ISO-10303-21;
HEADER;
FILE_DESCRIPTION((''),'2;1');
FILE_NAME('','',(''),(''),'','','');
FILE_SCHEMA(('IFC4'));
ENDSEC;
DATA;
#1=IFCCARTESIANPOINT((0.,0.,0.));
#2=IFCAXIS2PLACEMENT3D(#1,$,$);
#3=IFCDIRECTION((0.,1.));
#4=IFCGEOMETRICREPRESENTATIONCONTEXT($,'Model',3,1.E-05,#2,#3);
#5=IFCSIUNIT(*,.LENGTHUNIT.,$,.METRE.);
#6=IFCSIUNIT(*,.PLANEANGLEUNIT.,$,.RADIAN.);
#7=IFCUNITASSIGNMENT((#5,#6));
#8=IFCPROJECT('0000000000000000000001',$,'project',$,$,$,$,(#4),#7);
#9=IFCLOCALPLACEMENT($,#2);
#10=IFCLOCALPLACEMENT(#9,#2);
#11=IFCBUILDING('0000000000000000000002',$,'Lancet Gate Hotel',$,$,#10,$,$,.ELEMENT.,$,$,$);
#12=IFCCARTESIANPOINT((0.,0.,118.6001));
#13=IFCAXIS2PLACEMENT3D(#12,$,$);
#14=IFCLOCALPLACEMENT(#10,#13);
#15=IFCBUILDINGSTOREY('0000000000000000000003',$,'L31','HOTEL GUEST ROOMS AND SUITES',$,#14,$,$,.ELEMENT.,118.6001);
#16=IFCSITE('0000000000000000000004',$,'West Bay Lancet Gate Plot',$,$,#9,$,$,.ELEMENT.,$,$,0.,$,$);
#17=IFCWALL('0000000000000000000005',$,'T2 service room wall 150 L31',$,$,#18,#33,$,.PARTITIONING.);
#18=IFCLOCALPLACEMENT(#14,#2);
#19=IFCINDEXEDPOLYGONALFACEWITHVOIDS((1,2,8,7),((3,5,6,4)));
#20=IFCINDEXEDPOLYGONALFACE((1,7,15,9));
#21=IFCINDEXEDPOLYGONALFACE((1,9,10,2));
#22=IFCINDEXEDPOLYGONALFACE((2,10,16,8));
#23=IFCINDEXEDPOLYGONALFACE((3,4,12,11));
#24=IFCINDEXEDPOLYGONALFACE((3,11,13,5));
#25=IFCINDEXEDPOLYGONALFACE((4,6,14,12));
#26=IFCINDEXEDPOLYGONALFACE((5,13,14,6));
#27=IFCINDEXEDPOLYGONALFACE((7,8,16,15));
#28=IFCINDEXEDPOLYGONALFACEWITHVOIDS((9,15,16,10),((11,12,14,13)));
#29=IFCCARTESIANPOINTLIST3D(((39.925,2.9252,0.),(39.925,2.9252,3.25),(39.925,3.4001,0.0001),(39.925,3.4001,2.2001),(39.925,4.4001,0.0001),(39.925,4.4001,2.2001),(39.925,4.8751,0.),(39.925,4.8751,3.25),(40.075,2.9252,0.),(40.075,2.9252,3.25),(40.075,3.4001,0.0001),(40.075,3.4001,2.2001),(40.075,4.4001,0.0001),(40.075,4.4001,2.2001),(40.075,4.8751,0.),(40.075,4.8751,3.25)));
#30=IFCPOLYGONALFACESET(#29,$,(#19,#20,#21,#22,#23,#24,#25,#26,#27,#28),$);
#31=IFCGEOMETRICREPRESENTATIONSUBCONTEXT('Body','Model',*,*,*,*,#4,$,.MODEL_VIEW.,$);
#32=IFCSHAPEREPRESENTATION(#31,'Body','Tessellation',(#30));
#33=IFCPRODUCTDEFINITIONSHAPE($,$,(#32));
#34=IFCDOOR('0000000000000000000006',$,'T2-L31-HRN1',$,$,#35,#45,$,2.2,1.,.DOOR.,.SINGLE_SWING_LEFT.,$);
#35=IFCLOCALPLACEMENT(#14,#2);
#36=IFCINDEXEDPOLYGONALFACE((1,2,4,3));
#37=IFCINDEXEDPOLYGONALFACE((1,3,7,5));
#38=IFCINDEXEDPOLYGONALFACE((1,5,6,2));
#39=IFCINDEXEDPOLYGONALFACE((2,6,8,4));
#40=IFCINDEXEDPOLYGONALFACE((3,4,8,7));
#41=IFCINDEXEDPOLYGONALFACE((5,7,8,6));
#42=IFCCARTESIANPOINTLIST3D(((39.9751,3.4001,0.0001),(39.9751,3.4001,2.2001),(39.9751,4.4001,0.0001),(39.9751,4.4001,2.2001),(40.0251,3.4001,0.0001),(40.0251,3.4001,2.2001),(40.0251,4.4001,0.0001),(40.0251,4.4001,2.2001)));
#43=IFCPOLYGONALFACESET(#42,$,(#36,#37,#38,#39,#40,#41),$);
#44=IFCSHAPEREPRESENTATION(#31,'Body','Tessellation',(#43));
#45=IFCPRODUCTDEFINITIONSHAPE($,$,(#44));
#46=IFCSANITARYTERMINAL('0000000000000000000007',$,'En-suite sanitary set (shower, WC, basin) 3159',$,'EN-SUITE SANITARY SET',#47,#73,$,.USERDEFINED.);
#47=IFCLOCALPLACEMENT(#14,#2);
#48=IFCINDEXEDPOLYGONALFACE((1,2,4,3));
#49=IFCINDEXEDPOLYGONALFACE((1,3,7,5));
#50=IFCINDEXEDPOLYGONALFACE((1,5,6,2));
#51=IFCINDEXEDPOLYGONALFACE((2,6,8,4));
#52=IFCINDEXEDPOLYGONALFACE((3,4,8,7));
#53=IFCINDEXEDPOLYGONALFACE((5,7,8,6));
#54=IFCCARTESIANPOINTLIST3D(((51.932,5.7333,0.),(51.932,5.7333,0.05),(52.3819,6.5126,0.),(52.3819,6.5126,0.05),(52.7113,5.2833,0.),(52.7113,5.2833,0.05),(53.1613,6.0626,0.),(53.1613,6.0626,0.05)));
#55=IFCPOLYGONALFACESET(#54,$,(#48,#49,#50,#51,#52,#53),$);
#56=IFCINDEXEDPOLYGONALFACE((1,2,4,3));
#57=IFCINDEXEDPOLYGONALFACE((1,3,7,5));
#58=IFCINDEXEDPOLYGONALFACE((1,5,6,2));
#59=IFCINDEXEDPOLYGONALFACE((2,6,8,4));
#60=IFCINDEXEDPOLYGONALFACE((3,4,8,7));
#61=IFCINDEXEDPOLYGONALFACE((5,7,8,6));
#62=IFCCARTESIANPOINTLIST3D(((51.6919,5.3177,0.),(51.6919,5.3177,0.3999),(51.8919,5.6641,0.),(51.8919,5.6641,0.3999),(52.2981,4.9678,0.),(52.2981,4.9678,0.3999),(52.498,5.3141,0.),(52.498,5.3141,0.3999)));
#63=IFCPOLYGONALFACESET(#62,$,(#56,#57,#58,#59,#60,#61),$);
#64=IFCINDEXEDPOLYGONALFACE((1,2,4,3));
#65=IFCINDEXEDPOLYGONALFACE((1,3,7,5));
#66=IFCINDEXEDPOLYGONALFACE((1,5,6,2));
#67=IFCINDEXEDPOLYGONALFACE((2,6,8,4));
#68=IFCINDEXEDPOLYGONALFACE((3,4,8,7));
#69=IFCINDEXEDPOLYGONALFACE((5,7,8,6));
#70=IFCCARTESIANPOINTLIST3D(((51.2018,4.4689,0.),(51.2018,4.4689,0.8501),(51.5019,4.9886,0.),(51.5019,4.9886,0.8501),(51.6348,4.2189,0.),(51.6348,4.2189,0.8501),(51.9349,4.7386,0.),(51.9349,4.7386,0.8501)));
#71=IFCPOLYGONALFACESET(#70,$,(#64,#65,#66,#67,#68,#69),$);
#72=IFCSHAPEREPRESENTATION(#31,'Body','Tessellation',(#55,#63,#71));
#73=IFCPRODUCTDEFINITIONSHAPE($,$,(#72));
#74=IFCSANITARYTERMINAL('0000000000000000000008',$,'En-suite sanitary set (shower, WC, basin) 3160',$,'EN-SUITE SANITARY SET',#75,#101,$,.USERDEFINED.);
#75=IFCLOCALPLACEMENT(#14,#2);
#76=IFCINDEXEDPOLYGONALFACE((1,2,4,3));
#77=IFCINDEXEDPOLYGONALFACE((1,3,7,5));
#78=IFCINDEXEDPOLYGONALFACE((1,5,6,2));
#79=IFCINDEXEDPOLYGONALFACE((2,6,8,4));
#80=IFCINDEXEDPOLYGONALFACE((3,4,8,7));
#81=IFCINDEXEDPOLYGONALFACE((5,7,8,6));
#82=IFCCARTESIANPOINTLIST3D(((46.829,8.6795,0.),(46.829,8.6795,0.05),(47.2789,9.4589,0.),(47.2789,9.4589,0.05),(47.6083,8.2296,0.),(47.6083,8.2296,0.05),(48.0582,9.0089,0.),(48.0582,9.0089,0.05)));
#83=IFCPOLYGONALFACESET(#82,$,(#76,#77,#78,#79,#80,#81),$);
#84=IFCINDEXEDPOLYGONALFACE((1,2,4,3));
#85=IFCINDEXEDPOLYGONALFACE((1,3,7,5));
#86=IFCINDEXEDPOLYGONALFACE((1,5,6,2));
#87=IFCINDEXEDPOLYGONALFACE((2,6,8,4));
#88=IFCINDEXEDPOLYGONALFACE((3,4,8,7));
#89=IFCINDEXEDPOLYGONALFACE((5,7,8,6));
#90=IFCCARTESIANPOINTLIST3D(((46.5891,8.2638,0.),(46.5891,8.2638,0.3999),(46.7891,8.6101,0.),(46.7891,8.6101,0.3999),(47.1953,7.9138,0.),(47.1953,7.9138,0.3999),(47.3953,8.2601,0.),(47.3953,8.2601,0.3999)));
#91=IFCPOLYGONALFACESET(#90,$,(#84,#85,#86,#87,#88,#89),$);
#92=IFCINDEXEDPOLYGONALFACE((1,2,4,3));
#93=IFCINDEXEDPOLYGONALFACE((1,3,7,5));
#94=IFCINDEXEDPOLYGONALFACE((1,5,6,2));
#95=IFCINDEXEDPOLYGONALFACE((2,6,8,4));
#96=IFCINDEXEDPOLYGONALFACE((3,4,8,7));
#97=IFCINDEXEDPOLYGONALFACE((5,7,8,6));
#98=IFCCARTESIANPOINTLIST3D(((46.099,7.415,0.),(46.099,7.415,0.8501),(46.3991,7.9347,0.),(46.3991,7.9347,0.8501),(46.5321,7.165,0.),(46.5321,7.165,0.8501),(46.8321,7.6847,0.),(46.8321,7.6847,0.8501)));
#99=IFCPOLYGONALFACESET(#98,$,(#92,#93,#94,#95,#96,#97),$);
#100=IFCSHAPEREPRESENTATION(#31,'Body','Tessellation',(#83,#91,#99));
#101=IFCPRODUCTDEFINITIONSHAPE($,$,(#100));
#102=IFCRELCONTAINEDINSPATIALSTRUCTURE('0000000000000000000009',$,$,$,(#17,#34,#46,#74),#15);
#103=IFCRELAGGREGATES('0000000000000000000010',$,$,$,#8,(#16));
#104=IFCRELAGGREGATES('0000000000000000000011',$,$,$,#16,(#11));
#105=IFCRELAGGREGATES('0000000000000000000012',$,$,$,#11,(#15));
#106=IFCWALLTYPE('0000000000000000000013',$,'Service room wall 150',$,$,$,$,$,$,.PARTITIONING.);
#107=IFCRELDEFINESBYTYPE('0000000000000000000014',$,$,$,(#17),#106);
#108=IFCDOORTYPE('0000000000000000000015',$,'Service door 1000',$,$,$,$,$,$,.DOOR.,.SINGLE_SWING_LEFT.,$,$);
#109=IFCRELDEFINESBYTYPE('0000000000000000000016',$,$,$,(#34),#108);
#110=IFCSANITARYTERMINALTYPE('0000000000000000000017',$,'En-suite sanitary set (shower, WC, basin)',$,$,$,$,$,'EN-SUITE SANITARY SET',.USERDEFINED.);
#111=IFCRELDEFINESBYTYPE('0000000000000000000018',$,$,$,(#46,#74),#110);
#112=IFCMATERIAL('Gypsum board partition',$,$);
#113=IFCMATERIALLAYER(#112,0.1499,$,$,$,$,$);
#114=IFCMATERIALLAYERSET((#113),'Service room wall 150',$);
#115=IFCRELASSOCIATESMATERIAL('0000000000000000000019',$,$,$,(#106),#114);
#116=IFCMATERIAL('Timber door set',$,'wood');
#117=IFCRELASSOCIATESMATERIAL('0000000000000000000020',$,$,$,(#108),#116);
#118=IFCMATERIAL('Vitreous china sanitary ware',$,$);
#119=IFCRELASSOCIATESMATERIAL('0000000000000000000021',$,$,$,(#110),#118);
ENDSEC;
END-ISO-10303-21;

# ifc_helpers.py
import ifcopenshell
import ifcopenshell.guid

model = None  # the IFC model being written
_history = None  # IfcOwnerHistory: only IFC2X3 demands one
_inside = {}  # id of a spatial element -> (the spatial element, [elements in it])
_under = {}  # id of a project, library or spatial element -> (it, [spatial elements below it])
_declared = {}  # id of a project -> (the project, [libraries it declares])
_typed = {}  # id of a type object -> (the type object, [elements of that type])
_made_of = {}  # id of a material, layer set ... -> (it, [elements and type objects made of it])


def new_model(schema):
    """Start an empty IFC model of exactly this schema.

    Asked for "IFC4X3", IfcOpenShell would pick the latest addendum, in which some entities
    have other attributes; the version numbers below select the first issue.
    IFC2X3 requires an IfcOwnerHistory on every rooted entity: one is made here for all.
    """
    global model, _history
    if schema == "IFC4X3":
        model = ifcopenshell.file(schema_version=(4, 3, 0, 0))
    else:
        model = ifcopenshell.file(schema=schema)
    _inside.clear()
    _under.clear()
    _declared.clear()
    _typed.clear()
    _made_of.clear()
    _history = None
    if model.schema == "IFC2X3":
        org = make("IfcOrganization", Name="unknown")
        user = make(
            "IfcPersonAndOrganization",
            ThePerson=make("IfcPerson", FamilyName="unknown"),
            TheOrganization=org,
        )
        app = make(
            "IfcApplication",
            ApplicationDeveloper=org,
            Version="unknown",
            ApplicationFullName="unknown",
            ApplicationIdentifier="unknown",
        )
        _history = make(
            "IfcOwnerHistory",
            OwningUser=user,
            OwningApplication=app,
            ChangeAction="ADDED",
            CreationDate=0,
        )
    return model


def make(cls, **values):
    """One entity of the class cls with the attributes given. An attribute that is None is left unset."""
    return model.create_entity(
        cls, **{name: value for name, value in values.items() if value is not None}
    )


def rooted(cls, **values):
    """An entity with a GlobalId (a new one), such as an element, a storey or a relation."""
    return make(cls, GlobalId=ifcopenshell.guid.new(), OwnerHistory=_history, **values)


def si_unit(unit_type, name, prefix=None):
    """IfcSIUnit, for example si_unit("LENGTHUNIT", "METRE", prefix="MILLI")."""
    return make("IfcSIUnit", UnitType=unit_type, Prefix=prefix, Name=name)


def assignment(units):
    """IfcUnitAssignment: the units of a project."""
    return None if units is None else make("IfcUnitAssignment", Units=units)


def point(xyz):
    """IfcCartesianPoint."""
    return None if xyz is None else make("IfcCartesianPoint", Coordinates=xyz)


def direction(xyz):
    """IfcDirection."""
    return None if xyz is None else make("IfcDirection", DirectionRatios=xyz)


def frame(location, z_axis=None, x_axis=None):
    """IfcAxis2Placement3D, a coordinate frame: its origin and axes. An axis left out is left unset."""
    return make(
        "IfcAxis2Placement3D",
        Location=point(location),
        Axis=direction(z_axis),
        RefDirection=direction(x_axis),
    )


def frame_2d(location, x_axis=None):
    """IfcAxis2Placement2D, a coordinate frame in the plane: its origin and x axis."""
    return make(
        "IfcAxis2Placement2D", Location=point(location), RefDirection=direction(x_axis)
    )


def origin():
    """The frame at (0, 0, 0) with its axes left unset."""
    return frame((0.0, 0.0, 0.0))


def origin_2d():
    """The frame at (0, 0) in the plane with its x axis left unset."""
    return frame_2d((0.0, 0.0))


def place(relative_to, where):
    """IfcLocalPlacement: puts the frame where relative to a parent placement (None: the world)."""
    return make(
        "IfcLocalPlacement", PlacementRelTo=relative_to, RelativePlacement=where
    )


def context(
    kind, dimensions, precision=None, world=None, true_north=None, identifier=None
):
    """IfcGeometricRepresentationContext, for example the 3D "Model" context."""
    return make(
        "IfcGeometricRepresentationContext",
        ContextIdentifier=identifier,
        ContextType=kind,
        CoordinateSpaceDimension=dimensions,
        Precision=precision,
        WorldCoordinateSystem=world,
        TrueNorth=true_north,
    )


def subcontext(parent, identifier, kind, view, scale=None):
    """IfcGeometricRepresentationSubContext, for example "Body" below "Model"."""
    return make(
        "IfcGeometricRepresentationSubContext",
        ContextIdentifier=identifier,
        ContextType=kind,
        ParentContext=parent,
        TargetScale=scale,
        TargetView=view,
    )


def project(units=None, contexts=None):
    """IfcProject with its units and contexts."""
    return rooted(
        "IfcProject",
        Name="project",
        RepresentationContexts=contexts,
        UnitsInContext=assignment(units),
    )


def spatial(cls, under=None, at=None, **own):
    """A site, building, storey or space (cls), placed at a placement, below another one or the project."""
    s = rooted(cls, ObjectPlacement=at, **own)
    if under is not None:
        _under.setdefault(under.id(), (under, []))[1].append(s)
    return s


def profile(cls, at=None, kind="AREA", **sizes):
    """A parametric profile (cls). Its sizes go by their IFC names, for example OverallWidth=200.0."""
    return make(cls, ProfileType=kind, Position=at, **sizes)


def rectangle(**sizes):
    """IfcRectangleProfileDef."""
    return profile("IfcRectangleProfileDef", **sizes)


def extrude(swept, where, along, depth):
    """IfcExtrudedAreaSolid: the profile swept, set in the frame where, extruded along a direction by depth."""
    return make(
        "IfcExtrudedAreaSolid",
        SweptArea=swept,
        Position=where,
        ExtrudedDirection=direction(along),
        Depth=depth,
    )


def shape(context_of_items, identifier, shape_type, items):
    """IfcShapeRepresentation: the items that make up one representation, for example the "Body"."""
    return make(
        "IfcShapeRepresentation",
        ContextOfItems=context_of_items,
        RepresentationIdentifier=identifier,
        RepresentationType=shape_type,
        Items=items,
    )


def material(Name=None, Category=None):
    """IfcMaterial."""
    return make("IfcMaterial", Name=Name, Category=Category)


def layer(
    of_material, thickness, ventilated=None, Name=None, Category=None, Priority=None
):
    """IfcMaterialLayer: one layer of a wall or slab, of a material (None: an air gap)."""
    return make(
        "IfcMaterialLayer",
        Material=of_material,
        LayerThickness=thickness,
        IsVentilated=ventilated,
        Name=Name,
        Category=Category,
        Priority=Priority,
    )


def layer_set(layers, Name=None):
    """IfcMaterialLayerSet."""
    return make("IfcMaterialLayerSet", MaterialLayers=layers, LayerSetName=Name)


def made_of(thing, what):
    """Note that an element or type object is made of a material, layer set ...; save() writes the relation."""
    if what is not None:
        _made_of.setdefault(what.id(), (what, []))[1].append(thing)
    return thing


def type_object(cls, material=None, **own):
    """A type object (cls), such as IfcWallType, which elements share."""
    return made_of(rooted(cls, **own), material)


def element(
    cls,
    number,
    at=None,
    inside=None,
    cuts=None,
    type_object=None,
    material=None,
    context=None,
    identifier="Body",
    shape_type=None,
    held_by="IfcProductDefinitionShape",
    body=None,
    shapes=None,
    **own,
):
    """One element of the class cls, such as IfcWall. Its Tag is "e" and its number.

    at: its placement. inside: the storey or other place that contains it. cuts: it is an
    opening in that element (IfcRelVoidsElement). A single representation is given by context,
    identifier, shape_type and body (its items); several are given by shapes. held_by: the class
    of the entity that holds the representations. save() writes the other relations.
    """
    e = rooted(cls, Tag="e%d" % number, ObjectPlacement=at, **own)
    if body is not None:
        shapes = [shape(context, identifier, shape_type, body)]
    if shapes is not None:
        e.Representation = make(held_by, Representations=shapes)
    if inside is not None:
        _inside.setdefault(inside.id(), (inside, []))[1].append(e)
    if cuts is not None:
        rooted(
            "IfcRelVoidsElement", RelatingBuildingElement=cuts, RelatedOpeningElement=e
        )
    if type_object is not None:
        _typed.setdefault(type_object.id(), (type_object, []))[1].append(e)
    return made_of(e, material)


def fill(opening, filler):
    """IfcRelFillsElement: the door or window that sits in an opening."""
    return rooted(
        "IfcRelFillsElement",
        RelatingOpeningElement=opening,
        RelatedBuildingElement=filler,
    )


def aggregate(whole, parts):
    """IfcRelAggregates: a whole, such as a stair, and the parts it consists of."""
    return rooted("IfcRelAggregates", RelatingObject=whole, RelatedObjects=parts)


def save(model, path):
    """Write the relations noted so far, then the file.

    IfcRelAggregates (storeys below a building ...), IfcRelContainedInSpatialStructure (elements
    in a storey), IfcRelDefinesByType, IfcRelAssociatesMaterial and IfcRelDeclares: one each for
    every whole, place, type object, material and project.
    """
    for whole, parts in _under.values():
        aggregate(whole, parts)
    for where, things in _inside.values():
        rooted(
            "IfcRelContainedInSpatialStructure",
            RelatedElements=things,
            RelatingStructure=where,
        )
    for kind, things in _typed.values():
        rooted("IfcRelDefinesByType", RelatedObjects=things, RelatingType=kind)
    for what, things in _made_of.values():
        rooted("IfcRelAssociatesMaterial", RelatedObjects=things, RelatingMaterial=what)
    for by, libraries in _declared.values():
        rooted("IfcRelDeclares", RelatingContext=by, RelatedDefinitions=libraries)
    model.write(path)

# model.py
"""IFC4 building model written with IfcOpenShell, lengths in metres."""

from ifc_helpers import new_model, si_unit, direction, frame, frame_2d, origin, origin_2d, place, context, subcontext, project, spatial, rectangle, extrude, material, layer, layer_set, type_object, element, fill, save


model = new_model("IFC4")

# Units and contexts
model_context = context("Model", 3, precision=1e-05, world=origin(), true_north=direction((0.0, 1.0)))
body_context = subcontext(model_context, "Body", "Model", "MODEL_VIEW")
ifc_project = project(units=[si_unit("LENGTHUNIT", "METRE"), si_unit("PLANEANGLEUNIT", "RADIAN")], contexts=[model_context])

# Site, building, storey
site_placement = place(None, origin())
site = spatial("IfcSite", under=ifc_project, at=site_placement, Name="West Bay Lancet Gate Plot", CompositionType="ELEMENT", RefElevation=0.0)
building_placement = place(site_placement, origin())
building = spatial("IfcBuilding", under=site, at=building_placement, Name="Lancet Gate Hotel", CompositionType="ELEMENT")
storey_placement = place(building_placement, frame((0.0, 0.0, 118.6001)))
storey = spatial("IfcBuildingStorey", under=building, at=storey_placement, Name="L31", Description="HOTEL GUEST ROOMS AND SUITES", CompositionType="ELEMENT", Elevation=118.6001)

# Wall, opening, door
ifc_material_1 = material(Name="Gypsum board partition")
ifc_layer_1 = layer(ifc_material_1, 0.1499)
ifc_layer_set_1 = layer_set([ifc_layer_1], Name="Service room wall 150")
wall_type_1 = type_object("IfcWallType", Name="Service room wall 150", PredefinedType="PARTITIONING", material=ifc_layer_set_1)
wall_1_placement = place(storey_placement, frame((40.0, 2.925, 0.0), z_axis=(0.0, 0.0, 1.0), x_axis=(0.0, 1.0, 0.0)))
wall_1 = element("IfcWall", 1, at=wall_1_placement, inside=storey, type_object=wall_type_1, Name="T2 service room wall 150 L31", PredefinedType="PARTITIONING", context=body_context, shape_type="SweptSolid", body=[
    extrude(rectangle(XDim=1.95, YDim=0.1499, at=frame_2d((0.9751, 0.0))), origin(), (0.0, 0.0, 1.0), 3.25),
])
opening_1_placement = place(wall_1_placement, frame((0.4751, 0.0, 0.0)))
opening_1 = element("IfcOpeningElement", 2, at=opening_1_placement, cuts=wall_1, PredefinedType="OPENING", context=body_context, shape_type="SweptSolid", body=[
    extrude(rectangle(XDim=1.0, YDim=2.2, at=frame_2d((0.5, 1.1001))), frame((0.0, 0.085, 0.0), z_axis=(0.0, -1.0, 0.0), x_axis=(1.0, 0.0, 0.0)), (0.0, 0.0, 1.0), 0.1699),
])
ifc_material_2 = material(Name="Timber door set", Category="wood")
door_type_1 = type_object("IfcDoorType", Name="Service door 1000", OperationType="SINGLE_SWING_LEFT", PredefinedType="DOOR", material=ifc_material_2)
door_1_placement = place(opening_1_placement, origin())
door_1 = element("IfcDoor", 3, at=door_1_placement, inside=storey, type_object=door_type_1, Name="T2-L31-HRN1", OperationType="SINGLE_SWING_LEFT", OverallHeight=2.2, OverallWidth=1.0, PredefinedType="DOOR", context=body_context, shape_type="SweptSolid", body=[
    extrude(rectangle(XDim=1.0, YDim=2.2, at=frame_2d((0.5, 1.1001))), frame((0.0, 0.0249, 0.0), z_axis=(0.0, -1.0, 0.0), x_axis=(1.0, 0.0, 0.0)), (0.0, 0.0, 1.0), 0.05),
])
fill(opening_1, door_1)

# Sanitary terminals
ifc_material_3 = material(Name="Vitreous china sanitary ware")
sanitary_terminal_type = type_object("IfcSanitaryTerminalType", Name="En-suite sanitary set (shower, WC, basin)", ElementType="EN-SUITE SANITARY SET", PredefinedType="USERDEFINED", material=ifc_material_3)
sanitary_terminal_1_placement = place(storey_placement, frame((52.5466, 5.8979, 0.0), z_axis=(0.0, 0.0, 1.0), x_axis=(1.0, 0.0, 0.0)))
element("IfcSanitaryTerminal", 4, at=sanitary_terminal_1_placement, inside=storey, type_object=sanitary_terminal_type, Name="En-suite sanitary set (shower, WC, basin) 3159", ObjectType="EN-SUITE SANITARY SET", PredefinedType="USERDEFINED", context=body_context, shape_type="SweptSolid", body=[
    extrude(rectangle(XDim=0.8999, YDim=0.8999, at=origin_2d()), frame((0.0, 0.0, 0.0), z_axis=(0.0, 0.0, 1.0), x_axis=(0.5, 0.866025, 0.0)), (0.0, 0.0, 1.0), 0.05),
    extrude(rectangle(XDim=0.3999, YDim=0.7, at=origin_2d()), frame((-0.4517, -0.582, 0.0), z_axis=(0.0, 0.0, 1.0), x_axis=(0.5, 0.866025, 0.0)), (0.0, 0.0, 1.0), 0.3999),
    extrude(rectangle(XDim=0.6001, YDim=0.5, at=origin_2d()), frame((-0.9783, -1.2942, 0.0), z_axis=(0.0, 0.0, 1.0), x_axis=(0.5, 0.866025, 0.0)), (0.0, 0.0, 1.0), 0.8501),
])
sanitary_terminal_2_placement = place(storey_placement, frame((47.4436, 8.8442, 0.0), z_axis=(0.0, 0.0, 1.0), x_axis=(1.0, 0.0, 0.0)))
element("IfcSanitaryTerminal", 5, at=sanitary_terminal_2_placement, inside=storey, type_object=sanitary_terminal_type, Name="En-suite sanitary set (shower, WC, basin) 3160", ObjectType="EN-SUITE SANITARY SET", PredefinedType="USERDEFINED", context=body_context, shape_type="SweptSolid", body=[
    extrude(rectangle(XDim=0.8999, YDim=0.8999, at=origin_2d()), frame((0.0, 0.0, 0.0), z_axis=(0.0, 0.0, 1.0), x_axis=(0.5, 0.866025, 0.0)), (0.0, 0.0, 1.0), 0.05),
    extrude(rectangle(XDim=0.3999, YDim=0.7, at=origin_2d()), frame((-0.4514, -0.5823, 0.0), z_axis=(0.0, 0.0, 1.0), x_axis=(0.5, 0.866025, 0.0)), (0.0, 0.0, 1.0), 0.3999),
    extrude(rectangle(XDim=0.6001, YDim=0.5, at=origin_2d()), frame((-0.978, -1.2944, 0.0), z_axis=(0.0, 0.0, 1.0), x_axis=(0.5, 0.866025, 0.0)), (0.0, 0.0, 1.0), 0.8501),
])

save(model, "model.ifc")
